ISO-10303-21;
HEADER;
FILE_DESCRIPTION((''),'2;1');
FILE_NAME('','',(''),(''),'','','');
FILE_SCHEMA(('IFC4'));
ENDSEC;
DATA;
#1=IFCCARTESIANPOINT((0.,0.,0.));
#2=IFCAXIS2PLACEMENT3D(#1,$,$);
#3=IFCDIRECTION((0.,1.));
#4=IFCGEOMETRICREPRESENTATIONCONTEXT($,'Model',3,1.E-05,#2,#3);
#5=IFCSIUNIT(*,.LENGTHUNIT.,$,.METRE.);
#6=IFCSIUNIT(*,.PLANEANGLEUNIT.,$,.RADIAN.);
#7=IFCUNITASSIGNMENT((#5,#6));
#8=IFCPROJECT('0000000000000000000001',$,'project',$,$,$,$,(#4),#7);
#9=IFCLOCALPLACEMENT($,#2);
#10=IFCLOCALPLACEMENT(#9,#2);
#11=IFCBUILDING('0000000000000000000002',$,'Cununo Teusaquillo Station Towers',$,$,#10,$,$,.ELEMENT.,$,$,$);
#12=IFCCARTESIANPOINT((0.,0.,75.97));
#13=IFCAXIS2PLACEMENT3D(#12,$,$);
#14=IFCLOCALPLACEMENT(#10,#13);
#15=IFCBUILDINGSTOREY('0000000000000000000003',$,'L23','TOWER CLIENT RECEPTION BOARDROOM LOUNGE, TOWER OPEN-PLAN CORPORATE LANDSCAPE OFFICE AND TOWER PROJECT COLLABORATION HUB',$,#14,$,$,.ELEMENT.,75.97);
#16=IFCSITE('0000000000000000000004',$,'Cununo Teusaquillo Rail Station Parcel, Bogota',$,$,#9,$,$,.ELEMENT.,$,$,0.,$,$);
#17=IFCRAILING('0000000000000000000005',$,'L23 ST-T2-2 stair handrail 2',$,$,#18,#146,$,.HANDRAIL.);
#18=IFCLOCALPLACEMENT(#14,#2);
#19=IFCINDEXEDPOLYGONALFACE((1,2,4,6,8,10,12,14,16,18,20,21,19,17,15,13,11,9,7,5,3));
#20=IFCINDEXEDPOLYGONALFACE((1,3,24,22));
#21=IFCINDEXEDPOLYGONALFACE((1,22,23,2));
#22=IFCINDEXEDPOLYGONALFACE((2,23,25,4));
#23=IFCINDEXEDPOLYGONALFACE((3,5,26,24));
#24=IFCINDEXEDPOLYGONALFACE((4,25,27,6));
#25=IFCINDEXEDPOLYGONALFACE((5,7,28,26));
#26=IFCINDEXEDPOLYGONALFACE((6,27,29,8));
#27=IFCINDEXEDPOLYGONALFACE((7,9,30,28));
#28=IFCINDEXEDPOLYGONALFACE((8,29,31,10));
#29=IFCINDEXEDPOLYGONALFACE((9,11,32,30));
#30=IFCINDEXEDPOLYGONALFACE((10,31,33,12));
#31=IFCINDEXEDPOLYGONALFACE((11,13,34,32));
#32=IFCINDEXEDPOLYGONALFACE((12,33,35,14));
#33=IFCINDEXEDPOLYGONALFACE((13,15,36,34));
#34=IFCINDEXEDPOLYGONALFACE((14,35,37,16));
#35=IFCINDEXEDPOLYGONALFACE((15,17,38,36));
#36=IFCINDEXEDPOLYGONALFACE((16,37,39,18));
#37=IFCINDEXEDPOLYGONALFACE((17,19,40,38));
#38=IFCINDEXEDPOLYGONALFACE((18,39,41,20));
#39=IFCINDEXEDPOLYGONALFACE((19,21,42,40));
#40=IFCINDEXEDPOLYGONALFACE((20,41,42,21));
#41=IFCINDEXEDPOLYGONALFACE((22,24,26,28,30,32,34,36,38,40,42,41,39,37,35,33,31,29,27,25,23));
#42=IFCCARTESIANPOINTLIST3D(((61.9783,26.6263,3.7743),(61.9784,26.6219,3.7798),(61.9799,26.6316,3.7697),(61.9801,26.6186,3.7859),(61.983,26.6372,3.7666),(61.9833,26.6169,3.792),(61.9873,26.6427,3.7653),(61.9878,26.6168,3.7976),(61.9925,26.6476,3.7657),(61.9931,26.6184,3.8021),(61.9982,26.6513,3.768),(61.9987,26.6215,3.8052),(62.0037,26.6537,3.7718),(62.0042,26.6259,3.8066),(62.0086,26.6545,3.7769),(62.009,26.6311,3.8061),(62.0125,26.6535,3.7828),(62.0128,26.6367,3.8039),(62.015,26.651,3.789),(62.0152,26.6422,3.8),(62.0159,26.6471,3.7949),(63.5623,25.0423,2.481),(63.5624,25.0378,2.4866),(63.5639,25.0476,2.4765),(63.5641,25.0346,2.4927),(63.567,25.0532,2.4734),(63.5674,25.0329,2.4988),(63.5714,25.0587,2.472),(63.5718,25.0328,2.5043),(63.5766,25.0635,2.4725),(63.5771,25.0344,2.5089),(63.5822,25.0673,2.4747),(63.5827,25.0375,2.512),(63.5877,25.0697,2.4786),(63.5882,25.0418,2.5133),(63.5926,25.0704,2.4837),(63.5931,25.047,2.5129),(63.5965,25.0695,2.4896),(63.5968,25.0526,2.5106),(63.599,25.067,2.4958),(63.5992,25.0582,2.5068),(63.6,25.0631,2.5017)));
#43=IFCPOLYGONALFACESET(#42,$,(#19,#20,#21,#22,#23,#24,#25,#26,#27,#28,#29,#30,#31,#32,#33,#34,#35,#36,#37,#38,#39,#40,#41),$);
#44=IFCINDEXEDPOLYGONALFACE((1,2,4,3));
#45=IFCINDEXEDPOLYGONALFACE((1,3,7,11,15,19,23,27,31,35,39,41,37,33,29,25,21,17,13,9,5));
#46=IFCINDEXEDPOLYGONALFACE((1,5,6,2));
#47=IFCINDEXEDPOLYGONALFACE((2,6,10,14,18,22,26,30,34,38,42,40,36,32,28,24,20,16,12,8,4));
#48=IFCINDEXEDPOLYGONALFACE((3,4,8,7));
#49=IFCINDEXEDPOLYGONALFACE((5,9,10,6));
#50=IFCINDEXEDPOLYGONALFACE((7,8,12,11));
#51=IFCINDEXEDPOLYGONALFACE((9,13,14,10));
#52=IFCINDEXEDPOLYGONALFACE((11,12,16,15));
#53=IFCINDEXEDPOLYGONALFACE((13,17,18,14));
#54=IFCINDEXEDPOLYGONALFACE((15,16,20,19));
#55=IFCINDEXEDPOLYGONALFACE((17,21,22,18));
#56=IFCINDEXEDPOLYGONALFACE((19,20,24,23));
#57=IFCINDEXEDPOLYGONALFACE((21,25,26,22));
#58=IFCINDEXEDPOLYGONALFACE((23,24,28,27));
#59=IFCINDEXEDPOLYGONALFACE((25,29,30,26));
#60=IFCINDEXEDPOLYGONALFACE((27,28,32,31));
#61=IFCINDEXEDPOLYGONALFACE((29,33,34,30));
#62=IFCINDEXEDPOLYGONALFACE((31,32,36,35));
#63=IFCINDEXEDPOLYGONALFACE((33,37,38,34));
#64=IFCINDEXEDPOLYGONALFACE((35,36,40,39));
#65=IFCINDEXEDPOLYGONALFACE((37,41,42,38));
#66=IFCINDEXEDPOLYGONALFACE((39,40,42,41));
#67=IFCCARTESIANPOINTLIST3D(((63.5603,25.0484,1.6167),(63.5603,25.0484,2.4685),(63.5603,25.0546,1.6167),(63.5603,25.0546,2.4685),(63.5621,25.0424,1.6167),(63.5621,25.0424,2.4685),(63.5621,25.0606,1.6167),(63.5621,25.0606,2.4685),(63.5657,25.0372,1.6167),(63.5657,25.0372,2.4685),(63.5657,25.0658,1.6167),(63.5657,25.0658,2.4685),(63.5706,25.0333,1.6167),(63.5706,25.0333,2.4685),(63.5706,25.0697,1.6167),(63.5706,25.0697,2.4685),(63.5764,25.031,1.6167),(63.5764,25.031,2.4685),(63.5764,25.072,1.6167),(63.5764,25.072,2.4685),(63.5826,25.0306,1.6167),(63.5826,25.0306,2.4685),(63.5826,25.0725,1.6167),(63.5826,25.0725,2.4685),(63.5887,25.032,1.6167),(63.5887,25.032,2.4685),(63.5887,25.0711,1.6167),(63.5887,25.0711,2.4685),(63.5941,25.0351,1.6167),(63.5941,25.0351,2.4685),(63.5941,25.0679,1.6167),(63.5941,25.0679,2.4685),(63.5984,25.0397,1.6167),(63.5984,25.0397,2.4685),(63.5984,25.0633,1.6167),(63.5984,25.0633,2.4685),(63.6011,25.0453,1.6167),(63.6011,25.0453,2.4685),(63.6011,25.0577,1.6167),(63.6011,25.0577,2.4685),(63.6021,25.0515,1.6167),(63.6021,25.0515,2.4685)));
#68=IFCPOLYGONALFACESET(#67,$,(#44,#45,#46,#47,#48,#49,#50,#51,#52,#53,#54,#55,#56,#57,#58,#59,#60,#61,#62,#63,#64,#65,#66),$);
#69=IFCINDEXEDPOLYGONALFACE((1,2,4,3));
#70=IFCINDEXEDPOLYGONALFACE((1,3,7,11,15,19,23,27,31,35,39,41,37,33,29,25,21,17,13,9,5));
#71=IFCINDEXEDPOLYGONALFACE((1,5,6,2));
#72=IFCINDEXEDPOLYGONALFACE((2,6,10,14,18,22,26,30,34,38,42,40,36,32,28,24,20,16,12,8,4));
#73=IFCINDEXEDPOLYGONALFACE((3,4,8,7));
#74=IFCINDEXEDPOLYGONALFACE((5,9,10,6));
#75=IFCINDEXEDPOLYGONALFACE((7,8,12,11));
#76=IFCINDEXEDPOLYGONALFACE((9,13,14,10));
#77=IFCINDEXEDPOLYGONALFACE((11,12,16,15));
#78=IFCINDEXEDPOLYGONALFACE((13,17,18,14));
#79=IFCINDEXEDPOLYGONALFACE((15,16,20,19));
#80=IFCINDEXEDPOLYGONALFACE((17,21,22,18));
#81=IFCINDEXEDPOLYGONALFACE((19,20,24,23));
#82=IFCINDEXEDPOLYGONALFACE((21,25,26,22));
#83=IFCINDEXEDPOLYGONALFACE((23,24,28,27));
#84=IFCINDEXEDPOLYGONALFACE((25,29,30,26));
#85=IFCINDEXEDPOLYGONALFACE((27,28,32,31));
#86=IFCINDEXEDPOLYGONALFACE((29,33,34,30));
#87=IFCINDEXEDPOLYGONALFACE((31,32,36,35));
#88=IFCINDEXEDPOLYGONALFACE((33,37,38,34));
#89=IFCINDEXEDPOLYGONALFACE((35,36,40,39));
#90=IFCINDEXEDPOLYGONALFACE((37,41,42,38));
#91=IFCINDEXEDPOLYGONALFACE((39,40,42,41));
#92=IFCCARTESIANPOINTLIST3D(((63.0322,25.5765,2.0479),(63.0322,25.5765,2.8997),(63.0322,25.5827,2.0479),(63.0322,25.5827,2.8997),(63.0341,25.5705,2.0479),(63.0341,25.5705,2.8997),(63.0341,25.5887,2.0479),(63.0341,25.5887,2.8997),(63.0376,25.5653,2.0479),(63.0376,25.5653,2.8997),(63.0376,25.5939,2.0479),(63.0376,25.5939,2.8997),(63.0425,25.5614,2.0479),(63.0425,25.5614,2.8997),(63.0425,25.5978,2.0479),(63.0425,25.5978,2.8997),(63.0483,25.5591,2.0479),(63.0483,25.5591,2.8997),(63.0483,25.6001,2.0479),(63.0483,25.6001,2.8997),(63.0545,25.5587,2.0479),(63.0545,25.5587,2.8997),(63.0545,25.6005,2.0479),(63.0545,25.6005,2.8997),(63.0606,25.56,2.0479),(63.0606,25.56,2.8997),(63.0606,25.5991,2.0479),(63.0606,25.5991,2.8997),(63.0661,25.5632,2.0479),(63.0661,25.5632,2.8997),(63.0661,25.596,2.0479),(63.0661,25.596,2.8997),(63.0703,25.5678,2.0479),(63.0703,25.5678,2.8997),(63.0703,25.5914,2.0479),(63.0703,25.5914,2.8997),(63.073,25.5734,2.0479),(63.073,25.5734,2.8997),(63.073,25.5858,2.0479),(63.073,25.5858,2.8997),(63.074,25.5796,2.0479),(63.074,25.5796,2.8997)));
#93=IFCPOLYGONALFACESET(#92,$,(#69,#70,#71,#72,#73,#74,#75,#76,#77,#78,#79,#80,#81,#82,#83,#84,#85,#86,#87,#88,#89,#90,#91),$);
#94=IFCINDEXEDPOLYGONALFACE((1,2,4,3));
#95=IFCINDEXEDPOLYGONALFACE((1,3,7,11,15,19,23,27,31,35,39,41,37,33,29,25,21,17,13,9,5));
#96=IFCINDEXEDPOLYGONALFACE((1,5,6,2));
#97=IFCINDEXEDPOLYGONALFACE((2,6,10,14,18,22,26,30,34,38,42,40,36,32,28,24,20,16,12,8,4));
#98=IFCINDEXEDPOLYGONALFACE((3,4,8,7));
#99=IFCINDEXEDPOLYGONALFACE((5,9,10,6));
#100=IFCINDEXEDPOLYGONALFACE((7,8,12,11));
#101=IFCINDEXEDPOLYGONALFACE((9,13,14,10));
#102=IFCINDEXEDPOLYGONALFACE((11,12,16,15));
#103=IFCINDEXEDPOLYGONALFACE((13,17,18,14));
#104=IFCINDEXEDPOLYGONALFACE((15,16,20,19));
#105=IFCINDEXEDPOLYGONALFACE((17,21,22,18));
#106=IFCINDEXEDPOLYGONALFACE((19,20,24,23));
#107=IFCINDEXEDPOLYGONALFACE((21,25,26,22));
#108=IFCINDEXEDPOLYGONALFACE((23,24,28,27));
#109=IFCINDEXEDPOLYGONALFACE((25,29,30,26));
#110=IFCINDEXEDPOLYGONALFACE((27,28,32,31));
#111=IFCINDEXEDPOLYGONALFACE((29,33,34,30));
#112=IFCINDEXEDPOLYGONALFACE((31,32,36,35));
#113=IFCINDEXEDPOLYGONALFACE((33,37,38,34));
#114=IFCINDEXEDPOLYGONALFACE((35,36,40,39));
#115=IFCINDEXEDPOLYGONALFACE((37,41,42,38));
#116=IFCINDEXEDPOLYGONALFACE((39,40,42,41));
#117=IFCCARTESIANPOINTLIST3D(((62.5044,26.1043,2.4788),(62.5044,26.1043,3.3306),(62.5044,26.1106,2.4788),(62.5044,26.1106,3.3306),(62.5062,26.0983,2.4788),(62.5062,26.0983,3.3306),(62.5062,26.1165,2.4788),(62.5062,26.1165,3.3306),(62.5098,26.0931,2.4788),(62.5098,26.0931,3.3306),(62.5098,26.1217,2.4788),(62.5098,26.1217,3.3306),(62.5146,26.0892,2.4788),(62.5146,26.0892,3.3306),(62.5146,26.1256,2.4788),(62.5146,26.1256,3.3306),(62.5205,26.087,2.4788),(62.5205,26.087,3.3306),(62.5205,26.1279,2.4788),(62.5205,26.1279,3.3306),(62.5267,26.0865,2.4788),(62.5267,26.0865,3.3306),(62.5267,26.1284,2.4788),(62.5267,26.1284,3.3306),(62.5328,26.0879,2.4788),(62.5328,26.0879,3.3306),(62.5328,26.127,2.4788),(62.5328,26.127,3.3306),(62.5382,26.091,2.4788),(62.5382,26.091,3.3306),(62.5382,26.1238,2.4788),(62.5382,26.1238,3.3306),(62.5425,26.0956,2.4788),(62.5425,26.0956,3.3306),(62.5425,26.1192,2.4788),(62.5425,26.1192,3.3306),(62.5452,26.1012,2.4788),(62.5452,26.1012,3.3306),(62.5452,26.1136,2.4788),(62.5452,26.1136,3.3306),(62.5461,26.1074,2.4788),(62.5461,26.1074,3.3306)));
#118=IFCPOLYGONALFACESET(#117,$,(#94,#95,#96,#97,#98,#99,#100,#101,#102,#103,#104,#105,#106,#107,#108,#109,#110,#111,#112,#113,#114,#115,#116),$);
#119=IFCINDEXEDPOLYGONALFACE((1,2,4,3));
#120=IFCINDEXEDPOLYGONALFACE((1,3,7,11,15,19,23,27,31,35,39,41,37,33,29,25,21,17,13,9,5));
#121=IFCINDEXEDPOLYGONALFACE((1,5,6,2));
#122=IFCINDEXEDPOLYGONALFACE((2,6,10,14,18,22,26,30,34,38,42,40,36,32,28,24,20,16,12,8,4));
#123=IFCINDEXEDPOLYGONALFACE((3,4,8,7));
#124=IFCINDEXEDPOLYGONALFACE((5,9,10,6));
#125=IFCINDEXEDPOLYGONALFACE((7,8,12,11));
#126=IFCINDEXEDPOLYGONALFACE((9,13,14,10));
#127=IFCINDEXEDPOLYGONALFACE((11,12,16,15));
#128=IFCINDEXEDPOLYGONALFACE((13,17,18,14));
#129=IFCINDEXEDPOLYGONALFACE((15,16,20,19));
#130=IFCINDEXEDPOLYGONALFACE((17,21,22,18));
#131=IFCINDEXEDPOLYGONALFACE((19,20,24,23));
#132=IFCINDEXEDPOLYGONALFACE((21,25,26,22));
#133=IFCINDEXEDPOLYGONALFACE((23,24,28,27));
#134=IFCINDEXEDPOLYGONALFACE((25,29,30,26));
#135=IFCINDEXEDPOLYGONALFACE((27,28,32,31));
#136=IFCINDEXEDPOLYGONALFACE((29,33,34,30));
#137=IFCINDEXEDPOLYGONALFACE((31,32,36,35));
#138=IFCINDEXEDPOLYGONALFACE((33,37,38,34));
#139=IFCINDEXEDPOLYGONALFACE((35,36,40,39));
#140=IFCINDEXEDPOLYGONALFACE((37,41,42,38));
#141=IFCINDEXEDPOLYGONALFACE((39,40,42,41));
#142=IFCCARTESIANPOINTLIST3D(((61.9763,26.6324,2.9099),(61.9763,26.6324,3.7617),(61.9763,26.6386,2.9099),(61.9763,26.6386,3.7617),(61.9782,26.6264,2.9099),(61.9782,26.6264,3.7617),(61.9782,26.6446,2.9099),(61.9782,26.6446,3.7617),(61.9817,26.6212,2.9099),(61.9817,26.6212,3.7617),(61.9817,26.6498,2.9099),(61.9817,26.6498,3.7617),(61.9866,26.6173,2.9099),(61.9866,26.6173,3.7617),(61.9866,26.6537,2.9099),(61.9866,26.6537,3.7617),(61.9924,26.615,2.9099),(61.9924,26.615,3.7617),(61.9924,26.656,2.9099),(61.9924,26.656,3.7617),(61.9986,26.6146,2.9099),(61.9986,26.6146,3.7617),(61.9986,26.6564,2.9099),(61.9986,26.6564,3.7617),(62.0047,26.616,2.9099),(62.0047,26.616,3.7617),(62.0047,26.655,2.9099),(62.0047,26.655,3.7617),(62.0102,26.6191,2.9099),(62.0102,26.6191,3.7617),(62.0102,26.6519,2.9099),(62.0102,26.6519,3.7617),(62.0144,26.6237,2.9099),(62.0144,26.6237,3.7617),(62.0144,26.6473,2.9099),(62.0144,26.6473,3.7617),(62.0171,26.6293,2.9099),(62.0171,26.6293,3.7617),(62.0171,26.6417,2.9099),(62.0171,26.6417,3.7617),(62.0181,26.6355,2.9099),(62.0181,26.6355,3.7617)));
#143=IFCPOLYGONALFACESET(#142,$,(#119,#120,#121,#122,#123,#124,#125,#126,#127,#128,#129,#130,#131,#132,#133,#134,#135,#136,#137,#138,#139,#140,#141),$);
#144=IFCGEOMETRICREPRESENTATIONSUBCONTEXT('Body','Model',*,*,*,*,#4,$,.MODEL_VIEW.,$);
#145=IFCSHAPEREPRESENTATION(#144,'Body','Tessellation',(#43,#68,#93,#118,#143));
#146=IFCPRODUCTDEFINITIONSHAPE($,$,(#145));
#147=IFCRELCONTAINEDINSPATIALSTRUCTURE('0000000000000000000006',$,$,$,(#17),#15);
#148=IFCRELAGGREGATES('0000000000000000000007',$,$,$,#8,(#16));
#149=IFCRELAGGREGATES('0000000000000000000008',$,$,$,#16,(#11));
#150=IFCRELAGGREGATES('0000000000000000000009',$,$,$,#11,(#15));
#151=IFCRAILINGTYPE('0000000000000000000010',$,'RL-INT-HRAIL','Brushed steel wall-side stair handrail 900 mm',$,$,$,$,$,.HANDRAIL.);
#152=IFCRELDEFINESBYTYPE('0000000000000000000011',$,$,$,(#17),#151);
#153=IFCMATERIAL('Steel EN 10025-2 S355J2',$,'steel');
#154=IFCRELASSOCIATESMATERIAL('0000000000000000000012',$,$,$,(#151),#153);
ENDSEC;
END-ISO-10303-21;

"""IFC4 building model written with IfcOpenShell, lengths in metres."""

from ifc_helpers import new_model, si_unit, direction, frame, origin, origin_2d, place, context, subcontext, project, spatial, circle, extrude, material, type_object, element, save


model = new_model("IFC4")

# Units and contexts
model_context = context("Model", 3, precision=1e-05, world=origin(), true_north=direction((0.0, 1.0)))
body_context = subcontext(model_context, "Body", "Model", "MODEL_VIEW")
ifc_project = project(units=[si_unit("LENGTHUNIT", "METRE"), si_unit("PLANEANGLEUNIT", "RADIAN")], contexts=[model_context])

# Site, building, storey
site_placement = place(None, origin())
site = spatial("IfcSite", under=ifc_project, at=site_placement, Name="Cununo Teusaquillo Rail Station Parcel, Bogota", CompositionType="ELEMENT", RefElevation=0.0)
building_placement = place(site_placement, origin())
building = spatial("IfcBuilding", under=site, at=building_placement, Name="Cununo Teusaquillo Station Towers", CompositionType="ELEMENT")
storey_placement = place(building_placement, frame((0.0, 0.0, 75.97)))
storey = spatial("IfcBuildingStorey", under=building, at=storey_placement, Name="L23", Description="TOWER CLIENT RECEPTION BOARDROOM LOUNGE, TOWER OPEN-PLAN CORPORATE LANDSCAPE OFFICE AND TOWER PROJECT COLLABORATION HUB", CompositionType="ELEMENT", Elevation=75.97)

# Railing
ifc_material_1 = material(Name="Steel EN 10025-2 S355J2", Category="steel")
railing_type_1 = type_object("IfcRailingType", Name="RL-INT-HRAIL", Description="Brushed steel wall-side stair handrail 900 mm", PredefinedType="HANDRAIL", material=ifc_material_1)
railing_1_placement = place(storey_placement, frame((63.5811, 25.0515, 1.6167)))
element("IfcRailing", 1, at=railing_1_placement, inside=storey, type_object=railing_type_1, Name="L23 ST-T2-2 stair handrail 2", PredefinedType="HANDRAIL", context=body_context, shape_type="SweptSolid", body=[
    extrude(circle(Radius=0.0239, at=origin_2d()), frame((0.0, 0.0, 0.876), z_axis=(-0.612385, 0.612385, 0.49997), x_axis=(-0.707107, -0.707107, 0.0)), (0.0, 0.0, 1.0), 2.5867),
    extrude(circle(Radius=0.021, at=origin_2d()), origin(), (0.0, 0.0, 1.0), 0.8518),
    extrude(circle(Radius=0.021, at=origin_2d()), frame((-0.5281, 0.5281, 0.4312)), (0.0, 0.0, 1.0), 0.8518),
    extrude(circle(Radius=0.021, at=origin_2d()), frame((-1.0559, 1.0559, 0.8621)), (0.0, 0.0, 1.0), 0.8518),
    extrude(circle(Radius=0.021, at=origin_2d()), frame((-1.584, 1.584, 1.2932)), (0.0, 0.0, 1.0), 0.8518),
])

save(model, "model.ifc")
